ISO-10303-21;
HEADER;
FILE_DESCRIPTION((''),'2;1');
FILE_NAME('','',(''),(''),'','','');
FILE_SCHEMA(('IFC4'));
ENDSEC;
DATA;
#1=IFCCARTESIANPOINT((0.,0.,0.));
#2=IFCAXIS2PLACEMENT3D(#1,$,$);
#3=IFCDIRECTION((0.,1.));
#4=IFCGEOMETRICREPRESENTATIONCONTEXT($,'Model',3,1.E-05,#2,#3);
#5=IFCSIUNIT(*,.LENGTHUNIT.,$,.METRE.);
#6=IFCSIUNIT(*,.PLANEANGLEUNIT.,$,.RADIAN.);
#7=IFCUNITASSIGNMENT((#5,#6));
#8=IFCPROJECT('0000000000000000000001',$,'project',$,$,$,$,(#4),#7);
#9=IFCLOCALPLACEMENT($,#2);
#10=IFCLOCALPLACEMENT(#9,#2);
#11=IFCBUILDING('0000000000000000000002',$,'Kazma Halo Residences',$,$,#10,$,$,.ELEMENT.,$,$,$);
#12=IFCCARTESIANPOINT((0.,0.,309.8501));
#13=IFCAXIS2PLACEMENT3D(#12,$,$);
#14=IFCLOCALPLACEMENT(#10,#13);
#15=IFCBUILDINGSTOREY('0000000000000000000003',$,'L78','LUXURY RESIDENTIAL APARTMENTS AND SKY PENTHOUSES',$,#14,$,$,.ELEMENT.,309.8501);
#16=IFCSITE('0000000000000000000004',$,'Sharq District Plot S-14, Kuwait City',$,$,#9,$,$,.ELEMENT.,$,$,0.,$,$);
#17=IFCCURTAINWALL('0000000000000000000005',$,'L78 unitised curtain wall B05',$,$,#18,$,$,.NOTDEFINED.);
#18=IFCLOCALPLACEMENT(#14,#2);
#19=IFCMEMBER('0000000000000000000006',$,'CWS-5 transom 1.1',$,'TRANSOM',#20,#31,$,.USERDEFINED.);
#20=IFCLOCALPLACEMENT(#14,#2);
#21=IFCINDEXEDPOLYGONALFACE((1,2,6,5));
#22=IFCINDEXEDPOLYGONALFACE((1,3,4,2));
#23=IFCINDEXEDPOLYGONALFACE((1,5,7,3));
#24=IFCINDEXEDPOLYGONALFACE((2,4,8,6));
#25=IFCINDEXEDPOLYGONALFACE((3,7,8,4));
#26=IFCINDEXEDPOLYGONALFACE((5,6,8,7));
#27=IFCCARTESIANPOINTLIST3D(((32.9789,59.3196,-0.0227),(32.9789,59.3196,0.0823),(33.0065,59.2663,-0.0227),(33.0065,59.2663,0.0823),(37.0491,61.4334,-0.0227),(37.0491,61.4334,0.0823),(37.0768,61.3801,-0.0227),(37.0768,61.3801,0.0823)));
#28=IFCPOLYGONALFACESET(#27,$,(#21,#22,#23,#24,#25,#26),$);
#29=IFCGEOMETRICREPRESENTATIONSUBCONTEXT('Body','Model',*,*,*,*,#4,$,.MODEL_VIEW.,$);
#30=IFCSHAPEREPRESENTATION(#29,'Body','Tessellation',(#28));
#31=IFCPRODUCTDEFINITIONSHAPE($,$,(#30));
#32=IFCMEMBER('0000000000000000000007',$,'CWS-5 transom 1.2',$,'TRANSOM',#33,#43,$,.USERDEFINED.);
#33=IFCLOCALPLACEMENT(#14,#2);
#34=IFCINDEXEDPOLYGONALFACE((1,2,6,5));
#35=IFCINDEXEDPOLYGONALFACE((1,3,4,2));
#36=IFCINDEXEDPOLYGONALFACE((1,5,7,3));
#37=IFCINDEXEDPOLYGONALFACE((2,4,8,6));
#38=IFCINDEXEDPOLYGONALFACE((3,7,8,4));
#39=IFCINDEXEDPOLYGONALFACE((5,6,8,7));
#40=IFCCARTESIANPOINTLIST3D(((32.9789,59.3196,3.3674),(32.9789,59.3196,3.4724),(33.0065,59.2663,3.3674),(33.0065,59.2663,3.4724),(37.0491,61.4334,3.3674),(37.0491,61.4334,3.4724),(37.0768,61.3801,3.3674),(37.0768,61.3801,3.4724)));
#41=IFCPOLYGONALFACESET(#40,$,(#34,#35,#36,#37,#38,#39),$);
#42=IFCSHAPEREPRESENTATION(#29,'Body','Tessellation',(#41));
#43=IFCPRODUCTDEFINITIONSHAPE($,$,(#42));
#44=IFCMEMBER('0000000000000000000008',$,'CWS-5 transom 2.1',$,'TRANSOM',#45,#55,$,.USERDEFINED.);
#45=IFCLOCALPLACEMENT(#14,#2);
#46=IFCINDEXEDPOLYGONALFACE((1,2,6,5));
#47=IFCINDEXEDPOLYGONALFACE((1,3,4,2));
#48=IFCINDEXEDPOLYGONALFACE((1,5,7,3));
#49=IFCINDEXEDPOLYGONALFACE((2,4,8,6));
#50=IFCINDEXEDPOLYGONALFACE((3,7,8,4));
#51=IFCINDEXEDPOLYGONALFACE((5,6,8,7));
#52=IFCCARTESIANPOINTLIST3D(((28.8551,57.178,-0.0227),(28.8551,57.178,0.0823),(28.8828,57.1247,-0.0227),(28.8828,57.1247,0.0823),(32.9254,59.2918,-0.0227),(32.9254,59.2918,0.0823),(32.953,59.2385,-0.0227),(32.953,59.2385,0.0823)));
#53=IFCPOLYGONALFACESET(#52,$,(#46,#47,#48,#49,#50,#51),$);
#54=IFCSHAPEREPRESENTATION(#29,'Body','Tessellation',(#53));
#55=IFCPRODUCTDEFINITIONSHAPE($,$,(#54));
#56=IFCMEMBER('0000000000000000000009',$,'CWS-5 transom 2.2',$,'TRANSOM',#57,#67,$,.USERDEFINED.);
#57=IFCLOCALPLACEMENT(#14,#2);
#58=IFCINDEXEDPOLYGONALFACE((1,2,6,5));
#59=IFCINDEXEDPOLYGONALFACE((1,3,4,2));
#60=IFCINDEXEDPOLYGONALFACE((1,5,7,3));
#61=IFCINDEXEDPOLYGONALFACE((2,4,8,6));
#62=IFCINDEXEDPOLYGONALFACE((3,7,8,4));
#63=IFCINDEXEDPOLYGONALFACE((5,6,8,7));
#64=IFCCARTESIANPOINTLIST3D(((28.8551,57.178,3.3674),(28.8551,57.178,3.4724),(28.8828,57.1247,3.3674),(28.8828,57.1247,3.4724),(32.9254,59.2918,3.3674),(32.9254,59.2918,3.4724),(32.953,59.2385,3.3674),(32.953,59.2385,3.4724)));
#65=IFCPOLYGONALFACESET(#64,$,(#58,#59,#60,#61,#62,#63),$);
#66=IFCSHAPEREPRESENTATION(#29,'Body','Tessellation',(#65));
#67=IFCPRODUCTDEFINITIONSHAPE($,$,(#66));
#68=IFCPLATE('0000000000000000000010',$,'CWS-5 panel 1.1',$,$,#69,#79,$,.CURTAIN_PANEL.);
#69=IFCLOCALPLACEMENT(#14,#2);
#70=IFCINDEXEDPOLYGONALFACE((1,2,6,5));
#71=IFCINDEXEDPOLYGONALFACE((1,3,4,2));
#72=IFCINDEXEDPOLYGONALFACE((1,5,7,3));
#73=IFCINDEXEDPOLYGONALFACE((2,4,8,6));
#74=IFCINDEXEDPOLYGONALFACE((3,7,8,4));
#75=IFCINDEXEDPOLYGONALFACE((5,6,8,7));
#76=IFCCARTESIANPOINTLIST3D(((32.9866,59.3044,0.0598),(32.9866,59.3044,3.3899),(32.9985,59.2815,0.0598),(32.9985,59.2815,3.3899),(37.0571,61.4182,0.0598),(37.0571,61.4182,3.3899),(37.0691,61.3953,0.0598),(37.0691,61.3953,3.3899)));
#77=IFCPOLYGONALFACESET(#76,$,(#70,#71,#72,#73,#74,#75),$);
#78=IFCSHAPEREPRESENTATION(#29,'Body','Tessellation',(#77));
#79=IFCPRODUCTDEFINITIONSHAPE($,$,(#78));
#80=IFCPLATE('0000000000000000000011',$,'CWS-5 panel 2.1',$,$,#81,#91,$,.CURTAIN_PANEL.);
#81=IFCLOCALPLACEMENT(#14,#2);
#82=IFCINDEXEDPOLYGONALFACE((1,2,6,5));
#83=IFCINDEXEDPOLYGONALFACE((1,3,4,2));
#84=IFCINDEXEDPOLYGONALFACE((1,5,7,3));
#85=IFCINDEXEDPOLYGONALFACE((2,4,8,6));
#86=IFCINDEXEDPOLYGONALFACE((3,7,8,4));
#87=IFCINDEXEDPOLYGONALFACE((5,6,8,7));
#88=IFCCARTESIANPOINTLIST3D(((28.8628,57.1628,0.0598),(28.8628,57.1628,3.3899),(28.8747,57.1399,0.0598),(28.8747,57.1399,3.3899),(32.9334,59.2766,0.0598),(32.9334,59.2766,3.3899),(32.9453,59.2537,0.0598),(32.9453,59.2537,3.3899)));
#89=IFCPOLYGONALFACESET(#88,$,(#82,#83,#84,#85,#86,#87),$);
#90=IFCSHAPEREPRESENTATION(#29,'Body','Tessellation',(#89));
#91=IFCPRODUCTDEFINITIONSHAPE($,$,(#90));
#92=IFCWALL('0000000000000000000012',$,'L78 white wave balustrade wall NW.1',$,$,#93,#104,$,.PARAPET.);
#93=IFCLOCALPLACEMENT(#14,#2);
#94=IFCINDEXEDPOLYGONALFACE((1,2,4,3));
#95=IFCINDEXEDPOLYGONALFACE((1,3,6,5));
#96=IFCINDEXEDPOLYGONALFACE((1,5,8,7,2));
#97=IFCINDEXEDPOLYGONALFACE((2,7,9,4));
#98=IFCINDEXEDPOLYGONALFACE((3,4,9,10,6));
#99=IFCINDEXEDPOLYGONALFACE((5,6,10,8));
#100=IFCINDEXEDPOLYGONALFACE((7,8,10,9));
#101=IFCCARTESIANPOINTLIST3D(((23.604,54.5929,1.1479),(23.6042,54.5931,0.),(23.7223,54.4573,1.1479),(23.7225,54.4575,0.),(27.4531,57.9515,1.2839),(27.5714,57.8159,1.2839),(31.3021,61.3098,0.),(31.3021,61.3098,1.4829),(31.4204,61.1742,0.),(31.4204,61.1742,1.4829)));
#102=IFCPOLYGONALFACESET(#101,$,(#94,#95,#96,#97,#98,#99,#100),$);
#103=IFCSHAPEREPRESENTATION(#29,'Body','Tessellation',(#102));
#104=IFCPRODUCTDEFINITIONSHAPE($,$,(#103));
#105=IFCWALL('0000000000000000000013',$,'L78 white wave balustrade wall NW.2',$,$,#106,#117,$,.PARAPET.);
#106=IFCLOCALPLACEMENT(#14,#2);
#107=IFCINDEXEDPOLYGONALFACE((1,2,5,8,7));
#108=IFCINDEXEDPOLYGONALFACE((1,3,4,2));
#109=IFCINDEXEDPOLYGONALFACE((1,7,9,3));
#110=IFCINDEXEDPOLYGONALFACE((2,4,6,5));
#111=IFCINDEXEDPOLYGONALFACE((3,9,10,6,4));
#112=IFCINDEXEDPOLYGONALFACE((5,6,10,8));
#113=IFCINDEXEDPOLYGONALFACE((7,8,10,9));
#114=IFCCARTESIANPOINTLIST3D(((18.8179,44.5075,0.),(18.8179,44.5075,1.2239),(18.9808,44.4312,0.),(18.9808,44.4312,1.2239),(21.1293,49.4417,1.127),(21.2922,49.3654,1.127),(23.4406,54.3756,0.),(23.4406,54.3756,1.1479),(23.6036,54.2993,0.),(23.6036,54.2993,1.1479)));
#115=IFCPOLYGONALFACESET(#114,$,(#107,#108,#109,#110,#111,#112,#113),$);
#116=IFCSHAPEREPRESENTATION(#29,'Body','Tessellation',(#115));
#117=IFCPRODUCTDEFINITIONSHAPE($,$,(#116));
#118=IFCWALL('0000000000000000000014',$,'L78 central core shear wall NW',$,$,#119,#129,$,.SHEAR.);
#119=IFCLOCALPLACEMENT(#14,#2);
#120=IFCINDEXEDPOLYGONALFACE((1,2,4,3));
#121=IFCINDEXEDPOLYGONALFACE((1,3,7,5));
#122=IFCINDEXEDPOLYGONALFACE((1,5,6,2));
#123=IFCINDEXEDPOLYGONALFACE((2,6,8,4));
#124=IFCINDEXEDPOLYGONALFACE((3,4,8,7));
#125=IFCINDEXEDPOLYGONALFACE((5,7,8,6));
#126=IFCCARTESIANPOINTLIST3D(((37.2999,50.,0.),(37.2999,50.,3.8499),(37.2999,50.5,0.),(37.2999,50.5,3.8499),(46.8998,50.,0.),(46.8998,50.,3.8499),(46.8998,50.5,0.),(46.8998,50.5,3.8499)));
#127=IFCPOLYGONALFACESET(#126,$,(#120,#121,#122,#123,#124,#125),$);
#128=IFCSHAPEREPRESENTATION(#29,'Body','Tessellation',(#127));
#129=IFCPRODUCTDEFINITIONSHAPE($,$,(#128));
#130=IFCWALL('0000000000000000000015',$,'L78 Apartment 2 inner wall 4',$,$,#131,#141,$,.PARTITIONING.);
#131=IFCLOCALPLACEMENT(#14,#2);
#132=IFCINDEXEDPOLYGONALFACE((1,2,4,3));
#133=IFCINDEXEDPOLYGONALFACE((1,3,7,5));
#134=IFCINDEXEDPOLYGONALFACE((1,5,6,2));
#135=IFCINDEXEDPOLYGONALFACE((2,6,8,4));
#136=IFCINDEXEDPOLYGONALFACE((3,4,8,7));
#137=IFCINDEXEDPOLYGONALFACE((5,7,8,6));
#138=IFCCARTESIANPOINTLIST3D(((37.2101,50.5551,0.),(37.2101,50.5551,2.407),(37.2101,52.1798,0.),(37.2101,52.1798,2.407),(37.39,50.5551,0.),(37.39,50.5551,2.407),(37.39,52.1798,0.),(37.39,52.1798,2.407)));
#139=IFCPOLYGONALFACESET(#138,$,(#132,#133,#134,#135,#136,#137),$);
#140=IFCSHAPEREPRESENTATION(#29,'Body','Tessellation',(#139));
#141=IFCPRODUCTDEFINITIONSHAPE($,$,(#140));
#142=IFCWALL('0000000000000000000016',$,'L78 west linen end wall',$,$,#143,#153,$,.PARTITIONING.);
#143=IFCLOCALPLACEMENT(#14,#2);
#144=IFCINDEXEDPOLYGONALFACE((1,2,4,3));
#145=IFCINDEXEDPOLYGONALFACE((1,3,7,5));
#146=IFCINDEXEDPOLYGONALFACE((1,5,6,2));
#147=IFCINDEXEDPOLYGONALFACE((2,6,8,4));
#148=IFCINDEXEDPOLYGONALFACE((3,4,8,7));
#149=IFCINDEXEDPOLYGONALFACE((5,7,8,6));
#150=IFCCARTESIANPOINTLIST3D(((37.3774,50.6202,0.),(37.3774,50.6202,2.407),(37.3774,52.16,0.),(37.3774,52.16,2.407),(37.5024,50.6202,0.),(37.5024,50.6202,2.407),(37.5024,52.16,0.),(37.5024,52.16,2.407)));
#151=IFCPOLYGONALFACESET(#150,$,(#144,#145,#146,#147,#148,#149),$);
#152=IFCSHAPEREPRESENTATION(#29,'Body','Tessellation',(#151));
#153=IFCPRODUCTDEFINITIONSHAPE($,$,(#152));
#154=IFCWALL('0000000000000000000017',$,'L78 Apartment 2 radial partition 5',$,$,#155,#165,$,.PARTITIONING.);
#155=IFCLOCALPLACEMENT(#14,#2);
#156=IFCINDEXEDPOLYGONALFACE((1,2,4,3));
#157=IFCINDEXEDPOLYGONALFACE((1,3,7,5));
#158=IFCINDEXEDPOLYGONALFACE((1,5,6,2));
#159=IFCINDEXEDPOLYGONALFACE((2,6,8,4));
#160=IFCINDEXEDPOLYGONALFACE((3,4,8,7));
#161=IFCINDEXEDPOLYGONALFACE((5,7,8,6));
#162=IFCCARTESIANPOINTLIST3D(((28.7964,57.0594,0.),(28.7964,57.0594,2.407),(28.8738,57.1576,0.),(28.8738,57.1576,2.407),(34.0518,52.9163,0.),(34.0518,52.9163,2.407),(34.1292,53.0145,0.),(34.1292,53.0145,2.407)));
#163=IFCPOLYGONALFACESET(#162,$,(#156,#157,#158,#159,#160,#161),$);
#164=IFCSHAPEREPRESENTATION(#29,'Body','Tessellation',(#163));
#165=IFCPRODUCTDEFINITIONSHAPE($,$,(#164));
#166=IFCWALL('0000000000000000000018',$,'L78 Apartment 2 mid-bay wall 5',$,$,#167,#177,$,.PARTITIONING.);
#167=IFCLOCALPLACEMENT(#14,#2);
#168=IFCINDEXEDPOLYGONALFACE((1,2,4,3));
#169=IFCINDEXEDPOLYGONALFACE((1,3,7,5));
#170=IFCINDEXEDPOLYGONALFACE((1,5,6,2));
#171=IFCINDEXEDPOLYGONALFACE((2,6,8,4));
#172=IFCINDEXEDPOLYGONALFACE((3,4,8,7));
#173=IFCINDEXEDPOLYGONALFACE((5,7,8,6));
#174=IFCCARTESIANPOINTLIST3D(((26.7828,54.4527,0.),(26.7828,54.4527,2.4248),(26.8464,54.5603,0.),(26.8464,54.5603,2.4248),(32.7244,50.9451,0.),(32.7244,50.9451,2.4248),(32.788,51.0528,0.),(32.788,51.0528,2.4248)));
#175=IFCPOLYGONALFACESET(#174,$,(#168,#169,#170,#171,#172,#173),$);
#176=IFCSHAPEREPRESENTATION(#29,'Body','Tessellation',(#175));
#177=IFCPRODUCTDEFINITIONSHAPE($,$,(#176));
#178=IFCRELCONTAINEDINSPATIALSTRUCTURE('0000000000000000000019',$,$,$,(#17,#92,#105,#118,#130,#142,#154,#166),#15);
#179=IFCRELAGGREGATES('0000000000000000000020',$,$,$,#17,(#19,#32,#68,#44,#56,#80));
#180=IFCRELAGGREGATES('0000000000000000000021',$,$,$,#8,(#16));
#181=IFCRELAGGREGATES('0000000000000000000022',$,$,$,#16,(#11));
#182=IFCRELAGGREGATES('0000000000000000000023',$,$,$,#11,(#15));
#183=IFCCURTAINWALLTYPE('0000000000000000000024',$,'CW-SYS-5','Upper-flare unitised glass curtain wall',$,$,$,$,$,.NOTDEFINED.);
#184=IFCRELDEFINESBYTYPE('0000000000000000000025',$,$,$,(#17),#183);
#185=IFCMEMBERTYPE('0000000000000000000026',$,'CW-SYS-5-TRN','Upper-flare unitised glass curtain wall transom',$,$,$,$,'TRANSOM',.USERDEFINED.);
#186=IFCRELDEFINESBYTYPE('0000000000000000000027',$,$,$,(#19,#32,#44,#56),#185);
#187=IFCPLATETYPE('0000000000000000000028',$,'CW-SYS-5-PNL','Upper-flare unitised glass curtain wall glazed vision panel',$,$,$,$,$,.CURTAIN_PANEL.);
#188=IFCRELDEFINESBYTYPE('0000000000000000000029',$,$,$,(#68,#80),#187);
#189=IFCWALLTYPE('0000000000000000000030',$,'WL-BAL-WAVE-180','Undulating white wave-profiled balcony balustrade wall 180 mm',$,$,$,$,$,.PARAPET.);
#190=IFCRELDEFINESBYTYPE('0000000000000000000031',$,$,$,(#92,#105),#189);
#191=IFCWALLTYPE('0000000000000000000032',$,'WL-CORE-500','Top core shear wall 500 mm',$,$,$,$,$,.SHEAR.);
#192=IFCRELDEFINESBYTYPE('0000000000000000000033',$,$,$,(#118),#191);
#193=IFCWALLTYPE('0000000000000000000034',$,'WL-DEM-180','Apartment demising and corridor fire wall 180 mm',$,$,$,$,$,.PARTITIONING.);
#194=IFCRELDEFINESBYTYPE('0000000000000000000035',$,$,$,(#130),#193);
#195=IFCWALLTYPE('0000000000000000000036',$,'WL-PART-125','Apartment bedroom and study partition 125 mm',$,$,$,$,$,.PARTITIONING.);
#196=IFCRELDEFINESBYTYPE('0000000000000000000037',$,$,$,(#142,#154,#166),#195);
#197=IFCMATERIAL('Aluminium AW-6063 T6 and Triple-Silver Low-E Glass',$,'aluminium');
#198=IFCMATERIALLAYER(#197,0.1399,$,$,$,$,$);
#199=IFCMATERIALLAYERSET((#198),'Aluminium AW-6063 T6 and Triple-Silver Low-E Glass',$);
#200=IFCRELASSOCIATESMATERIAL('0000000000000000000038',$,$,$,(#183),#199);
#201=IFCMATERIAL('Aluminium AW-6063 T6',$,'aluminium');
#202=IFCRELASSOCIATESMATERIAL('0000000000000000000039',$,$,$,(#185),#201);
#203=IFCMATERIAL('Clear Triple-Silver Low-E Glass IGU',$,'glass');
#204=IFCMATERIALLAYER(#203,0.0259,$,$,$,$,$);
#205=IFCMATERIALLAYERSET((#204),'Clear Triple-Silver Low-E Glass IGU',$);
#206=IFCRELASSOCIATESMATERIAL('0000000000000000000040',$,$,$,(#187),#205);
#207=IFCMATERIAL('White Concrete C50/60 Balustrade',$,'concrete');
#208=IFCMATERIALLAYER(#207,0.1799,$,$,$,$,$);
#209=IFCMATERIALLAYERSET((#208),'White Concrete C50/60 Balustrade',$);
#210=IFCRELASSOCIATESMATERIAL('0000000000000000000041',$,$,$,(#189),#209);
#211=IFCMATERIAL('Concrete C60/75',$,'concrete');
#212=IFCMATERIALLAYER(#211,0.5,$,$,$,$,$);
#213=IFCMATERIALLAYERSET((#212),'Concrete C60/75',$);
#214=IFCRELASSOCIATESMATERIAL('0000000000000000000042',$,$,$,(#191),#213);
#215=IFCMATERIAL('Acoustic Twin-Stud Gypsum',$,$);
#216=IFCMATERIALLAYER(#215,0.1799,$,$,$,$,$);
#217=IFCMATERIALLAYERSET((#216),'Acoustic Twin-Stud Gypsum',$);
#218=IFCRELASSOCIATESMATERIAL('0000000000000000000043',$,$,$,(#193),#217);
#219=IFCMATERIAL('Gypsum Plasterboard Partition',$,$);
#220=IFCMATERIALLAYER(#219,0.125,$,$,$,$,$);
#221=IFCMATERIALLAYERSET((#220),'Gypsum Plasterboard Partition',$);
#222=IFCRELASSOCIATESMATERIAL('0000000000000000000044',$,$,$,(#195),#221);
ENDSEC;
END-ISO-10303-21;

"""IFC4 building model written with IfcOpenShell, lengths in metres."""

from ifc_helpers import new_model, si_unit, direction, frame, frame_2d, origin, origin_2d, place, context, subcontext, project, spatial, polyline, rectangle, outline, extrude, material, layer, layer_set, material_profile, profile_set, type_object, element, aggregate, save


model = new_model("IFC4")

# Units and contexts
model_context = context("Model", 3, precision=1e-05, world=origin(), true_north=direction((0.0, 1.0)))
body_context = subcontext(model_context, "Body", "Model", "MODEL_VIEW")
ifc_project = project(units=[si_unit("LENGTHUNIT", "METRE"), si_unit("PLANEANGLEUNIT", "RADIAN")], contexts=[model_context])

# Site, building, storey
site_placement = place(None, origin())
site = spatial("IfcSite", under=ifc_project, at=site_placement, Name="Sharq District Plot S-14, Kuwait City", CompositionType="ELEMENT", RefElevation=0.0)
building_placement = place(site_placement, origin())
building = spatial("IfcBuilding", under=site, at=building_placement, Name="Kazma Halo Residences", CompositionType="ELEMENT")
storey_placement = place(building_placement, frame((0.0, 0.0, 309.8501)))
storey = spatial("IfcBuildingStorey", under=building, at=storey_placement, Name="L78", Description="LUXURY RESIDENTIAL APARTMENTS AND SKY PENTHOUSES", CompositionType="ELEMENT", Elevation=309.8501)

# Shared definitions
ifc_material_1 = material(Name="Concrete C60/75", Category="concrete")

# Curtain wall, members, plates
ifc_material_2 = material(Name="Aluminium AW-6063 T6 and Triple-Silver Low-E Glass", Category="aluminium")
ifc_layer_1 = layer(ifc_material_2, 0.1399)
ifc_layer_set_1 = layer_set([ifc_layer_1], Name="Aluminium AW-6063 T6 and Triple-Silver Low-E Glass")
curtain_wall_type = type_object("IfcCurtainWallType", Name="CW-SYS-5", Description="Upper-flare unitised glass curtain wall", PredefinedType="NOTDEFINED", material=ifc_layer_set_1)
curtain_wall_placement = place(storey_placement, origin())
curtain_wall = element("IfcCurtainWall", 1, at=curtain_wall_placement, inside=storey, type_object=curtain_wall_type, Name="L78 unitised curtain wall B05", PredefinedType="NOTDEFINED")
ifc_material_3 = material(Name="Aluminium AW-6063 T6", Category="aluminium")
ifc_material_profile_1 = material_profile(ifc_material_3, rectangle(XDim=0.0601, YDim=0.105, at=origin_2d()), Name="CWT-60x105")
ifc_profile_set_1 = profile_set([ifc_material_profile_1], Name="Aluminium AW-6063 T6")
member_type_1 = type_object("IfcMemberType", Name="CW-SYS-5-TRN", Description="Upper-flare unitised glass curtain wall transom", ElementType="TRANSOM", PredefinedType="USERDEFINED", material=ifc_profile_set_1)
member_1_placement = place(storey_placement, frame((37.063, 61.4067, 0.0298), z_axis=(-0.887466, -0.460873, 0.0), x_axis=(0.460873, -0.887466, 0.0)))
member_1 = element("IfcMember", 2, at=member_1_placement, type_object=member_type_1, Name="CWS-5 transom 1.1", ObjectType="TRANSOM", PredefinedType="USERDEFINED", context=body_context, shape_type="SweptSolid", body=[
    extrude(rectangle(XDim=0.0601, YDim=0.105, at=origin_2d()), origin(), (0.0, 0.0, 1.0), 4.5864),
])
member_2_placement = place(storey_placement, frame((37.063, 61.4067, 3.4199), z_axis=(-0.887466, -0.460873, 0.0), x_axis=(0.460873, -0.887466, 0.0)))
member_2 = element("IfcMember", 3, at=member_2_placement, type_object=member_type_1, Name="CWS-5 transom 1.2", ObjectType="TRANSOM", PredefinedType="USERDEFINED", context=body_context, shape_type="SweptSolid", body=[
    extrude(rectangle(XDim=0.0601, YDim=0.105, at=origin_2d()), origin(), (0.0, 0.0, 1.0), 4.5864),
])
member_3_placement = place(storey_placement, frame((32.9392, 59.2651, 0.0298), z_axis=(-0.887466, -0.460873, 0.0), x_axis=(0.460873, -0.887466, 0.0)))
member_3 = element("IfcMember", 4, at=member_3_placement, type_object=member_type_1, Name="CWS-5 transom 2.1", ObjectType="TRANSOM", PredefinedType="USERDEFINED", context=body_context, shape_type="SweptSolid", body=[
    extrude(rectangle(XDim=0.0601, YDim=0.105, at=origin_2d()), origin(), (0.0, 0.0, 1.0), 4.5864),
])
member_4_placement = place(storey_placement, frame((32.9392, 59.2651, 3.4199), z_axis=(-0.887466, -0.460873, 0.0), x_axis=(0.460873, -0.887466, 0.0)))
member_4 = element("IfcMember", 5, at=member_4_placement, type_object=member_type_1, Name="CWS-5 transom 2.2", ObjectType="TRANSOM", PredefinedType="USERDEFINED", context=body_context, shape_type="SweptSolid", body=[
    extrude(rectangle(XDim=0.0601, YDim=0.105, at=origin_2d()), origin(), (0.0, 0.0, 1.0), 4.5864),
])
ifc_material_4 = material(Name="Clear Triple-Silver Low-E Glass IGU", Category="glass")
ifc_layer_2 = layer(ifc_material_4, 0.0259)
ifc_layer_set_2 = layer_set([ifc_layer_2], Name="Clear Triple-Silver Low-E Glass IGU")
plate_type = type_object("IfcPlateType", Name="CW-SYS-5-PNL", Description="Upper-flare unitised glass curtain wall glazed vision panel", PredefinedType="CURTAIN_PANEL", material=ifc_layer_set_2)
plate_1_placement = place(storey_placement, frame((35.0278, 60.3499, 0.0598), z_axis=(0.0, 0.0, 1.0), x_axis=(-0.887473, -0.460859, 0.0)))
plate_1 = element("IfcPlate", 6, at=plate_1_placement, type_object=plate_type, Name="CWS-5 panel 1.1", PredefinedType="CURTAIN_PANEL", context=body_context, shape_type="SweptSolid", body=[
    extrude(rectangle(XDim=4.5867, YDim=0.0259, at=origin_2d()), origin(), (0.0, 0.0, 1.0), 3.3301),
])
plate_2_placement = place(storey_placement, frame((30.9041, 58.2083, 0.0598), z_axis=(0.0, 0.0, 1.0), x_axis=(-0.887473, -0.460859, 0.0)))
plate_2 = element("IfcPlate", 7, at=plate_2_placement, type_object=plate_type, Name="CWS-5 panel 2.1", PredefinedType="CURTAIN_PANEL", context=body_context, shape_type="SweptSolid", body=[
    extrude(rectangle(XDim=4.5867, YDim=0.0259, at=origin_2d()), origin(), (0.0, 0.0, 1.0), 3.3301),
])
aggregate(curtain_wall, [member_1, member_2, plate_1, member_3, member_4, plate_2])

# Walls
ifc_material_5 = material(Name="White Concrete C50/60 Balustrade", Category="concrete")
ifc_layer_3 = layer(ifc_material_5, 0.1799)
ifc_layer_set_3 = layer_set([ifc_layer_3], Name="White Concrete C50/60 Balustrade")
wall_type_1 = type_object("IfcWallType", Name="WL-BAL-WAVE-180", Description="Undulating white wave-profiled balcony balustrade wall 180 mm", PredefinedType="PARAPET", material=ifc_layer_set_3)
wall_1_placement = place(storey_placement, frame((31.3613, 61.2419, 0.0), z_axis=(0.0, 0.0, 1.0), x_axis=(-0.753495, -0.657453, 0.0)))
element("IfcWall", 8, at=wall_1_placement, inside=storey, type_object=wall_type_1, Name="L78 white wave balustrade wall NW.1", PredefinedType="PARAPET", context=body_context, shape_type="SweptSolid", body=[
    extrude(outline(polyline([(0.0, 0.0), (10.2163, 0.0), (10.2166, 1.1479), (5.1082, 1.2839), (0.0, 1.4829), (0.0, 0.0)])), frame((0.0, 0.0898, 0.0), z_axis=(0.0, -1.0, 0.0), x_axis=(1.0, 0.0, 0.0)), (0.0, 0.0, 1.0), 0.1799),
])
wall_2_placement = place(storey_placement, frame((23.5222, 54.3374, 0.0), z_axis=(0.0, 0.0, 1.0), x_axis=(-0.424216, -0.905561, 0.0)))
element("IfcWall", 9, at=wall_2_placement, inside=storey, type_object=wall_type_1, Name="L78 white wave balustrade wall NW.2", PredefinedType="PARAPET", context=body_context, shape_type="SweptSolid", body=[
    extrude(outline(polyline([(0.0, 0.0), (10.8972, 0.0), (10.8972, 1.2239), (5.4485, 1.127), (0.0, 1.1479), (0.0, 0.0)])), frame((0.0, 0.0898, 0.0), z_axis=(0.0, -1.0, 0.0), x_axis=(1.0, 0.0, 0.0)), (0.0, 0.0, 1.0), 0.1799),
])
ifc_layer_4 = layer(ifc_material_1, 0.5)
ifc_layer_set_4 = layer_set([ifc_layer_4], Name="Concrete C60/75")
wall_type_2 = type_object("IfcWallType", Name="WL-CORE-500", Description="Top core shear wall 500 mm", PredefinedType="SHEAR", material=ifc_layer_set_4)
wall_3_placement = place(storey_placement, frame((37.3, 50.25, 0.0), z_axis=(0.0, 0.0, 1.0), x_axis=(1.0, 0.0, 0.0)))
element("IfcWall", 10, at=wall_3_placement, inside=storey, type_object=wall_type_2, Name="L78 central core shear wall NW", PredefinedType="SHEAR", context=body_context, shape_type="SweptSolid", body=[
    extrude(rectangle(XDim=9.5999, YDim=0.5, at=frame_2d((4.7998, 0.0))), origin(), (0.0, 0.0, 1.0), 3.8499),
])
ifc_material_6 = material(Name="Acoustic Twin-Stud Gypsum")
ifc_layer_5 = layer(ifc_material_6, 0.1799)
ifc_layer_set_5 = layer_set([ifc_layer_5], Name="Acoustic Twin-Stud Gypsum")
wall_type_3 = type_object("IfcWallType", Name="WL-DEM-180", Description="Apartment demising and corridor fire wall 180 mm", PredefinedType="PARTITIONING", material=ifc_layer_set_5)
wall_4_placement = place(storey_placement, frame((37.3, 52.1799, 0.0), z_axis=(0.0, 0.0, 1.0), x_axis=(0.0, -1.0, 0.0)))
element("IfcWall", 11, at=wall_4_placement, inside=storey, type_object=wall_type_3, Name="L78 Apartment 2 inner wall 4", PredefinedType="PARTITIONING", context=body_context, shape_type="SweptSolid", body=[
    extrude(rectangle(XDim=1.6248, YDim=0.1799, at=frame_2d((0.8125, 0.0))), origin(), (0.0, 0.0, 1.0), 2.407),
])

# Walls
ifc_material_7 = material(Name="Gypsum Plasterboard Partition")
ifc_layer_6 = layer(ifc_material_7, 0.125)
ifc_layer_set_6 = layer_set([ifc_layer_6], Name="Gypsum Plasterboard Partition")
wall_type_4 = type_object("IfcWallType", Name="WL-PART-125", Description="Apartment bedroom and study partition 125 mm", PredefinedType="PARTITIONING", material=ifc_layer_set_6)
wall_5_placement = place(storey_placement, frame((37.4399, 50.6201, 0.0), z_axis=(0.0, 0.0, 1.0), x_axis=(0.0, 1.0, 0.0)))
element("IfcWall", 12, at=wall_5_placement, inside=storey, type_object=wall_type_4, Name="L78 west linen end wall", PredefinedType="PARTITIONING", context=body_context, shape_type="SweptSolid", body=[
    extrude(rectangle(XDim=1.5398, YDim=0.125, at=frame_2d((0.77, 0.0))), origin(), (0.0, 0.0, 1.0), 2.407),
])
wall_6_placement = place(storey_placement, frame((34.0906, 52.9653, 0.0), z_axis=(0.0, 0.0, 1.0), x_axis=(-0.785312, 0.6191, 0.0)))
element("IfcWall", 13, at=wall_6_placement, inside=storey, type_object=wall_type_4, Name="L78 Apartment 2 radial partition 5", PredefinedType="PARTITIONING", context=body_context, shape_type="SweptSolid", body=[
    extrude(rectangle(XDim=6.6921, YDim=0.125, at=frame_2d((3.3462, 0.0))), origin(), (0.0, 0.0, 1.0), 2.407),
])
wall_7_placement = place(storey_placement, frame((32.7561, 50.999, 0.0), z_axis=(0.0, 0.0, 1.0), x_axis=(-0.861143, 0.508363, 0.0)))
element("IfcWall", 14, at=wall_7_placement, inside=storey, type_object=wall_type_4, Name="L78 Apartment 2 mid-bay wall 5", PredefinedType="PARTITIONING", context=body_context, shape_type="SweptSolid", body=[
    extrude(rectangle(XDim=6.8997, YDim=0.125, at=frame_2d((3.4497, 0.0))), origin(), (0.0, 0.0, 1.0), 2.4248),
])

save(model, "model.ifc")
